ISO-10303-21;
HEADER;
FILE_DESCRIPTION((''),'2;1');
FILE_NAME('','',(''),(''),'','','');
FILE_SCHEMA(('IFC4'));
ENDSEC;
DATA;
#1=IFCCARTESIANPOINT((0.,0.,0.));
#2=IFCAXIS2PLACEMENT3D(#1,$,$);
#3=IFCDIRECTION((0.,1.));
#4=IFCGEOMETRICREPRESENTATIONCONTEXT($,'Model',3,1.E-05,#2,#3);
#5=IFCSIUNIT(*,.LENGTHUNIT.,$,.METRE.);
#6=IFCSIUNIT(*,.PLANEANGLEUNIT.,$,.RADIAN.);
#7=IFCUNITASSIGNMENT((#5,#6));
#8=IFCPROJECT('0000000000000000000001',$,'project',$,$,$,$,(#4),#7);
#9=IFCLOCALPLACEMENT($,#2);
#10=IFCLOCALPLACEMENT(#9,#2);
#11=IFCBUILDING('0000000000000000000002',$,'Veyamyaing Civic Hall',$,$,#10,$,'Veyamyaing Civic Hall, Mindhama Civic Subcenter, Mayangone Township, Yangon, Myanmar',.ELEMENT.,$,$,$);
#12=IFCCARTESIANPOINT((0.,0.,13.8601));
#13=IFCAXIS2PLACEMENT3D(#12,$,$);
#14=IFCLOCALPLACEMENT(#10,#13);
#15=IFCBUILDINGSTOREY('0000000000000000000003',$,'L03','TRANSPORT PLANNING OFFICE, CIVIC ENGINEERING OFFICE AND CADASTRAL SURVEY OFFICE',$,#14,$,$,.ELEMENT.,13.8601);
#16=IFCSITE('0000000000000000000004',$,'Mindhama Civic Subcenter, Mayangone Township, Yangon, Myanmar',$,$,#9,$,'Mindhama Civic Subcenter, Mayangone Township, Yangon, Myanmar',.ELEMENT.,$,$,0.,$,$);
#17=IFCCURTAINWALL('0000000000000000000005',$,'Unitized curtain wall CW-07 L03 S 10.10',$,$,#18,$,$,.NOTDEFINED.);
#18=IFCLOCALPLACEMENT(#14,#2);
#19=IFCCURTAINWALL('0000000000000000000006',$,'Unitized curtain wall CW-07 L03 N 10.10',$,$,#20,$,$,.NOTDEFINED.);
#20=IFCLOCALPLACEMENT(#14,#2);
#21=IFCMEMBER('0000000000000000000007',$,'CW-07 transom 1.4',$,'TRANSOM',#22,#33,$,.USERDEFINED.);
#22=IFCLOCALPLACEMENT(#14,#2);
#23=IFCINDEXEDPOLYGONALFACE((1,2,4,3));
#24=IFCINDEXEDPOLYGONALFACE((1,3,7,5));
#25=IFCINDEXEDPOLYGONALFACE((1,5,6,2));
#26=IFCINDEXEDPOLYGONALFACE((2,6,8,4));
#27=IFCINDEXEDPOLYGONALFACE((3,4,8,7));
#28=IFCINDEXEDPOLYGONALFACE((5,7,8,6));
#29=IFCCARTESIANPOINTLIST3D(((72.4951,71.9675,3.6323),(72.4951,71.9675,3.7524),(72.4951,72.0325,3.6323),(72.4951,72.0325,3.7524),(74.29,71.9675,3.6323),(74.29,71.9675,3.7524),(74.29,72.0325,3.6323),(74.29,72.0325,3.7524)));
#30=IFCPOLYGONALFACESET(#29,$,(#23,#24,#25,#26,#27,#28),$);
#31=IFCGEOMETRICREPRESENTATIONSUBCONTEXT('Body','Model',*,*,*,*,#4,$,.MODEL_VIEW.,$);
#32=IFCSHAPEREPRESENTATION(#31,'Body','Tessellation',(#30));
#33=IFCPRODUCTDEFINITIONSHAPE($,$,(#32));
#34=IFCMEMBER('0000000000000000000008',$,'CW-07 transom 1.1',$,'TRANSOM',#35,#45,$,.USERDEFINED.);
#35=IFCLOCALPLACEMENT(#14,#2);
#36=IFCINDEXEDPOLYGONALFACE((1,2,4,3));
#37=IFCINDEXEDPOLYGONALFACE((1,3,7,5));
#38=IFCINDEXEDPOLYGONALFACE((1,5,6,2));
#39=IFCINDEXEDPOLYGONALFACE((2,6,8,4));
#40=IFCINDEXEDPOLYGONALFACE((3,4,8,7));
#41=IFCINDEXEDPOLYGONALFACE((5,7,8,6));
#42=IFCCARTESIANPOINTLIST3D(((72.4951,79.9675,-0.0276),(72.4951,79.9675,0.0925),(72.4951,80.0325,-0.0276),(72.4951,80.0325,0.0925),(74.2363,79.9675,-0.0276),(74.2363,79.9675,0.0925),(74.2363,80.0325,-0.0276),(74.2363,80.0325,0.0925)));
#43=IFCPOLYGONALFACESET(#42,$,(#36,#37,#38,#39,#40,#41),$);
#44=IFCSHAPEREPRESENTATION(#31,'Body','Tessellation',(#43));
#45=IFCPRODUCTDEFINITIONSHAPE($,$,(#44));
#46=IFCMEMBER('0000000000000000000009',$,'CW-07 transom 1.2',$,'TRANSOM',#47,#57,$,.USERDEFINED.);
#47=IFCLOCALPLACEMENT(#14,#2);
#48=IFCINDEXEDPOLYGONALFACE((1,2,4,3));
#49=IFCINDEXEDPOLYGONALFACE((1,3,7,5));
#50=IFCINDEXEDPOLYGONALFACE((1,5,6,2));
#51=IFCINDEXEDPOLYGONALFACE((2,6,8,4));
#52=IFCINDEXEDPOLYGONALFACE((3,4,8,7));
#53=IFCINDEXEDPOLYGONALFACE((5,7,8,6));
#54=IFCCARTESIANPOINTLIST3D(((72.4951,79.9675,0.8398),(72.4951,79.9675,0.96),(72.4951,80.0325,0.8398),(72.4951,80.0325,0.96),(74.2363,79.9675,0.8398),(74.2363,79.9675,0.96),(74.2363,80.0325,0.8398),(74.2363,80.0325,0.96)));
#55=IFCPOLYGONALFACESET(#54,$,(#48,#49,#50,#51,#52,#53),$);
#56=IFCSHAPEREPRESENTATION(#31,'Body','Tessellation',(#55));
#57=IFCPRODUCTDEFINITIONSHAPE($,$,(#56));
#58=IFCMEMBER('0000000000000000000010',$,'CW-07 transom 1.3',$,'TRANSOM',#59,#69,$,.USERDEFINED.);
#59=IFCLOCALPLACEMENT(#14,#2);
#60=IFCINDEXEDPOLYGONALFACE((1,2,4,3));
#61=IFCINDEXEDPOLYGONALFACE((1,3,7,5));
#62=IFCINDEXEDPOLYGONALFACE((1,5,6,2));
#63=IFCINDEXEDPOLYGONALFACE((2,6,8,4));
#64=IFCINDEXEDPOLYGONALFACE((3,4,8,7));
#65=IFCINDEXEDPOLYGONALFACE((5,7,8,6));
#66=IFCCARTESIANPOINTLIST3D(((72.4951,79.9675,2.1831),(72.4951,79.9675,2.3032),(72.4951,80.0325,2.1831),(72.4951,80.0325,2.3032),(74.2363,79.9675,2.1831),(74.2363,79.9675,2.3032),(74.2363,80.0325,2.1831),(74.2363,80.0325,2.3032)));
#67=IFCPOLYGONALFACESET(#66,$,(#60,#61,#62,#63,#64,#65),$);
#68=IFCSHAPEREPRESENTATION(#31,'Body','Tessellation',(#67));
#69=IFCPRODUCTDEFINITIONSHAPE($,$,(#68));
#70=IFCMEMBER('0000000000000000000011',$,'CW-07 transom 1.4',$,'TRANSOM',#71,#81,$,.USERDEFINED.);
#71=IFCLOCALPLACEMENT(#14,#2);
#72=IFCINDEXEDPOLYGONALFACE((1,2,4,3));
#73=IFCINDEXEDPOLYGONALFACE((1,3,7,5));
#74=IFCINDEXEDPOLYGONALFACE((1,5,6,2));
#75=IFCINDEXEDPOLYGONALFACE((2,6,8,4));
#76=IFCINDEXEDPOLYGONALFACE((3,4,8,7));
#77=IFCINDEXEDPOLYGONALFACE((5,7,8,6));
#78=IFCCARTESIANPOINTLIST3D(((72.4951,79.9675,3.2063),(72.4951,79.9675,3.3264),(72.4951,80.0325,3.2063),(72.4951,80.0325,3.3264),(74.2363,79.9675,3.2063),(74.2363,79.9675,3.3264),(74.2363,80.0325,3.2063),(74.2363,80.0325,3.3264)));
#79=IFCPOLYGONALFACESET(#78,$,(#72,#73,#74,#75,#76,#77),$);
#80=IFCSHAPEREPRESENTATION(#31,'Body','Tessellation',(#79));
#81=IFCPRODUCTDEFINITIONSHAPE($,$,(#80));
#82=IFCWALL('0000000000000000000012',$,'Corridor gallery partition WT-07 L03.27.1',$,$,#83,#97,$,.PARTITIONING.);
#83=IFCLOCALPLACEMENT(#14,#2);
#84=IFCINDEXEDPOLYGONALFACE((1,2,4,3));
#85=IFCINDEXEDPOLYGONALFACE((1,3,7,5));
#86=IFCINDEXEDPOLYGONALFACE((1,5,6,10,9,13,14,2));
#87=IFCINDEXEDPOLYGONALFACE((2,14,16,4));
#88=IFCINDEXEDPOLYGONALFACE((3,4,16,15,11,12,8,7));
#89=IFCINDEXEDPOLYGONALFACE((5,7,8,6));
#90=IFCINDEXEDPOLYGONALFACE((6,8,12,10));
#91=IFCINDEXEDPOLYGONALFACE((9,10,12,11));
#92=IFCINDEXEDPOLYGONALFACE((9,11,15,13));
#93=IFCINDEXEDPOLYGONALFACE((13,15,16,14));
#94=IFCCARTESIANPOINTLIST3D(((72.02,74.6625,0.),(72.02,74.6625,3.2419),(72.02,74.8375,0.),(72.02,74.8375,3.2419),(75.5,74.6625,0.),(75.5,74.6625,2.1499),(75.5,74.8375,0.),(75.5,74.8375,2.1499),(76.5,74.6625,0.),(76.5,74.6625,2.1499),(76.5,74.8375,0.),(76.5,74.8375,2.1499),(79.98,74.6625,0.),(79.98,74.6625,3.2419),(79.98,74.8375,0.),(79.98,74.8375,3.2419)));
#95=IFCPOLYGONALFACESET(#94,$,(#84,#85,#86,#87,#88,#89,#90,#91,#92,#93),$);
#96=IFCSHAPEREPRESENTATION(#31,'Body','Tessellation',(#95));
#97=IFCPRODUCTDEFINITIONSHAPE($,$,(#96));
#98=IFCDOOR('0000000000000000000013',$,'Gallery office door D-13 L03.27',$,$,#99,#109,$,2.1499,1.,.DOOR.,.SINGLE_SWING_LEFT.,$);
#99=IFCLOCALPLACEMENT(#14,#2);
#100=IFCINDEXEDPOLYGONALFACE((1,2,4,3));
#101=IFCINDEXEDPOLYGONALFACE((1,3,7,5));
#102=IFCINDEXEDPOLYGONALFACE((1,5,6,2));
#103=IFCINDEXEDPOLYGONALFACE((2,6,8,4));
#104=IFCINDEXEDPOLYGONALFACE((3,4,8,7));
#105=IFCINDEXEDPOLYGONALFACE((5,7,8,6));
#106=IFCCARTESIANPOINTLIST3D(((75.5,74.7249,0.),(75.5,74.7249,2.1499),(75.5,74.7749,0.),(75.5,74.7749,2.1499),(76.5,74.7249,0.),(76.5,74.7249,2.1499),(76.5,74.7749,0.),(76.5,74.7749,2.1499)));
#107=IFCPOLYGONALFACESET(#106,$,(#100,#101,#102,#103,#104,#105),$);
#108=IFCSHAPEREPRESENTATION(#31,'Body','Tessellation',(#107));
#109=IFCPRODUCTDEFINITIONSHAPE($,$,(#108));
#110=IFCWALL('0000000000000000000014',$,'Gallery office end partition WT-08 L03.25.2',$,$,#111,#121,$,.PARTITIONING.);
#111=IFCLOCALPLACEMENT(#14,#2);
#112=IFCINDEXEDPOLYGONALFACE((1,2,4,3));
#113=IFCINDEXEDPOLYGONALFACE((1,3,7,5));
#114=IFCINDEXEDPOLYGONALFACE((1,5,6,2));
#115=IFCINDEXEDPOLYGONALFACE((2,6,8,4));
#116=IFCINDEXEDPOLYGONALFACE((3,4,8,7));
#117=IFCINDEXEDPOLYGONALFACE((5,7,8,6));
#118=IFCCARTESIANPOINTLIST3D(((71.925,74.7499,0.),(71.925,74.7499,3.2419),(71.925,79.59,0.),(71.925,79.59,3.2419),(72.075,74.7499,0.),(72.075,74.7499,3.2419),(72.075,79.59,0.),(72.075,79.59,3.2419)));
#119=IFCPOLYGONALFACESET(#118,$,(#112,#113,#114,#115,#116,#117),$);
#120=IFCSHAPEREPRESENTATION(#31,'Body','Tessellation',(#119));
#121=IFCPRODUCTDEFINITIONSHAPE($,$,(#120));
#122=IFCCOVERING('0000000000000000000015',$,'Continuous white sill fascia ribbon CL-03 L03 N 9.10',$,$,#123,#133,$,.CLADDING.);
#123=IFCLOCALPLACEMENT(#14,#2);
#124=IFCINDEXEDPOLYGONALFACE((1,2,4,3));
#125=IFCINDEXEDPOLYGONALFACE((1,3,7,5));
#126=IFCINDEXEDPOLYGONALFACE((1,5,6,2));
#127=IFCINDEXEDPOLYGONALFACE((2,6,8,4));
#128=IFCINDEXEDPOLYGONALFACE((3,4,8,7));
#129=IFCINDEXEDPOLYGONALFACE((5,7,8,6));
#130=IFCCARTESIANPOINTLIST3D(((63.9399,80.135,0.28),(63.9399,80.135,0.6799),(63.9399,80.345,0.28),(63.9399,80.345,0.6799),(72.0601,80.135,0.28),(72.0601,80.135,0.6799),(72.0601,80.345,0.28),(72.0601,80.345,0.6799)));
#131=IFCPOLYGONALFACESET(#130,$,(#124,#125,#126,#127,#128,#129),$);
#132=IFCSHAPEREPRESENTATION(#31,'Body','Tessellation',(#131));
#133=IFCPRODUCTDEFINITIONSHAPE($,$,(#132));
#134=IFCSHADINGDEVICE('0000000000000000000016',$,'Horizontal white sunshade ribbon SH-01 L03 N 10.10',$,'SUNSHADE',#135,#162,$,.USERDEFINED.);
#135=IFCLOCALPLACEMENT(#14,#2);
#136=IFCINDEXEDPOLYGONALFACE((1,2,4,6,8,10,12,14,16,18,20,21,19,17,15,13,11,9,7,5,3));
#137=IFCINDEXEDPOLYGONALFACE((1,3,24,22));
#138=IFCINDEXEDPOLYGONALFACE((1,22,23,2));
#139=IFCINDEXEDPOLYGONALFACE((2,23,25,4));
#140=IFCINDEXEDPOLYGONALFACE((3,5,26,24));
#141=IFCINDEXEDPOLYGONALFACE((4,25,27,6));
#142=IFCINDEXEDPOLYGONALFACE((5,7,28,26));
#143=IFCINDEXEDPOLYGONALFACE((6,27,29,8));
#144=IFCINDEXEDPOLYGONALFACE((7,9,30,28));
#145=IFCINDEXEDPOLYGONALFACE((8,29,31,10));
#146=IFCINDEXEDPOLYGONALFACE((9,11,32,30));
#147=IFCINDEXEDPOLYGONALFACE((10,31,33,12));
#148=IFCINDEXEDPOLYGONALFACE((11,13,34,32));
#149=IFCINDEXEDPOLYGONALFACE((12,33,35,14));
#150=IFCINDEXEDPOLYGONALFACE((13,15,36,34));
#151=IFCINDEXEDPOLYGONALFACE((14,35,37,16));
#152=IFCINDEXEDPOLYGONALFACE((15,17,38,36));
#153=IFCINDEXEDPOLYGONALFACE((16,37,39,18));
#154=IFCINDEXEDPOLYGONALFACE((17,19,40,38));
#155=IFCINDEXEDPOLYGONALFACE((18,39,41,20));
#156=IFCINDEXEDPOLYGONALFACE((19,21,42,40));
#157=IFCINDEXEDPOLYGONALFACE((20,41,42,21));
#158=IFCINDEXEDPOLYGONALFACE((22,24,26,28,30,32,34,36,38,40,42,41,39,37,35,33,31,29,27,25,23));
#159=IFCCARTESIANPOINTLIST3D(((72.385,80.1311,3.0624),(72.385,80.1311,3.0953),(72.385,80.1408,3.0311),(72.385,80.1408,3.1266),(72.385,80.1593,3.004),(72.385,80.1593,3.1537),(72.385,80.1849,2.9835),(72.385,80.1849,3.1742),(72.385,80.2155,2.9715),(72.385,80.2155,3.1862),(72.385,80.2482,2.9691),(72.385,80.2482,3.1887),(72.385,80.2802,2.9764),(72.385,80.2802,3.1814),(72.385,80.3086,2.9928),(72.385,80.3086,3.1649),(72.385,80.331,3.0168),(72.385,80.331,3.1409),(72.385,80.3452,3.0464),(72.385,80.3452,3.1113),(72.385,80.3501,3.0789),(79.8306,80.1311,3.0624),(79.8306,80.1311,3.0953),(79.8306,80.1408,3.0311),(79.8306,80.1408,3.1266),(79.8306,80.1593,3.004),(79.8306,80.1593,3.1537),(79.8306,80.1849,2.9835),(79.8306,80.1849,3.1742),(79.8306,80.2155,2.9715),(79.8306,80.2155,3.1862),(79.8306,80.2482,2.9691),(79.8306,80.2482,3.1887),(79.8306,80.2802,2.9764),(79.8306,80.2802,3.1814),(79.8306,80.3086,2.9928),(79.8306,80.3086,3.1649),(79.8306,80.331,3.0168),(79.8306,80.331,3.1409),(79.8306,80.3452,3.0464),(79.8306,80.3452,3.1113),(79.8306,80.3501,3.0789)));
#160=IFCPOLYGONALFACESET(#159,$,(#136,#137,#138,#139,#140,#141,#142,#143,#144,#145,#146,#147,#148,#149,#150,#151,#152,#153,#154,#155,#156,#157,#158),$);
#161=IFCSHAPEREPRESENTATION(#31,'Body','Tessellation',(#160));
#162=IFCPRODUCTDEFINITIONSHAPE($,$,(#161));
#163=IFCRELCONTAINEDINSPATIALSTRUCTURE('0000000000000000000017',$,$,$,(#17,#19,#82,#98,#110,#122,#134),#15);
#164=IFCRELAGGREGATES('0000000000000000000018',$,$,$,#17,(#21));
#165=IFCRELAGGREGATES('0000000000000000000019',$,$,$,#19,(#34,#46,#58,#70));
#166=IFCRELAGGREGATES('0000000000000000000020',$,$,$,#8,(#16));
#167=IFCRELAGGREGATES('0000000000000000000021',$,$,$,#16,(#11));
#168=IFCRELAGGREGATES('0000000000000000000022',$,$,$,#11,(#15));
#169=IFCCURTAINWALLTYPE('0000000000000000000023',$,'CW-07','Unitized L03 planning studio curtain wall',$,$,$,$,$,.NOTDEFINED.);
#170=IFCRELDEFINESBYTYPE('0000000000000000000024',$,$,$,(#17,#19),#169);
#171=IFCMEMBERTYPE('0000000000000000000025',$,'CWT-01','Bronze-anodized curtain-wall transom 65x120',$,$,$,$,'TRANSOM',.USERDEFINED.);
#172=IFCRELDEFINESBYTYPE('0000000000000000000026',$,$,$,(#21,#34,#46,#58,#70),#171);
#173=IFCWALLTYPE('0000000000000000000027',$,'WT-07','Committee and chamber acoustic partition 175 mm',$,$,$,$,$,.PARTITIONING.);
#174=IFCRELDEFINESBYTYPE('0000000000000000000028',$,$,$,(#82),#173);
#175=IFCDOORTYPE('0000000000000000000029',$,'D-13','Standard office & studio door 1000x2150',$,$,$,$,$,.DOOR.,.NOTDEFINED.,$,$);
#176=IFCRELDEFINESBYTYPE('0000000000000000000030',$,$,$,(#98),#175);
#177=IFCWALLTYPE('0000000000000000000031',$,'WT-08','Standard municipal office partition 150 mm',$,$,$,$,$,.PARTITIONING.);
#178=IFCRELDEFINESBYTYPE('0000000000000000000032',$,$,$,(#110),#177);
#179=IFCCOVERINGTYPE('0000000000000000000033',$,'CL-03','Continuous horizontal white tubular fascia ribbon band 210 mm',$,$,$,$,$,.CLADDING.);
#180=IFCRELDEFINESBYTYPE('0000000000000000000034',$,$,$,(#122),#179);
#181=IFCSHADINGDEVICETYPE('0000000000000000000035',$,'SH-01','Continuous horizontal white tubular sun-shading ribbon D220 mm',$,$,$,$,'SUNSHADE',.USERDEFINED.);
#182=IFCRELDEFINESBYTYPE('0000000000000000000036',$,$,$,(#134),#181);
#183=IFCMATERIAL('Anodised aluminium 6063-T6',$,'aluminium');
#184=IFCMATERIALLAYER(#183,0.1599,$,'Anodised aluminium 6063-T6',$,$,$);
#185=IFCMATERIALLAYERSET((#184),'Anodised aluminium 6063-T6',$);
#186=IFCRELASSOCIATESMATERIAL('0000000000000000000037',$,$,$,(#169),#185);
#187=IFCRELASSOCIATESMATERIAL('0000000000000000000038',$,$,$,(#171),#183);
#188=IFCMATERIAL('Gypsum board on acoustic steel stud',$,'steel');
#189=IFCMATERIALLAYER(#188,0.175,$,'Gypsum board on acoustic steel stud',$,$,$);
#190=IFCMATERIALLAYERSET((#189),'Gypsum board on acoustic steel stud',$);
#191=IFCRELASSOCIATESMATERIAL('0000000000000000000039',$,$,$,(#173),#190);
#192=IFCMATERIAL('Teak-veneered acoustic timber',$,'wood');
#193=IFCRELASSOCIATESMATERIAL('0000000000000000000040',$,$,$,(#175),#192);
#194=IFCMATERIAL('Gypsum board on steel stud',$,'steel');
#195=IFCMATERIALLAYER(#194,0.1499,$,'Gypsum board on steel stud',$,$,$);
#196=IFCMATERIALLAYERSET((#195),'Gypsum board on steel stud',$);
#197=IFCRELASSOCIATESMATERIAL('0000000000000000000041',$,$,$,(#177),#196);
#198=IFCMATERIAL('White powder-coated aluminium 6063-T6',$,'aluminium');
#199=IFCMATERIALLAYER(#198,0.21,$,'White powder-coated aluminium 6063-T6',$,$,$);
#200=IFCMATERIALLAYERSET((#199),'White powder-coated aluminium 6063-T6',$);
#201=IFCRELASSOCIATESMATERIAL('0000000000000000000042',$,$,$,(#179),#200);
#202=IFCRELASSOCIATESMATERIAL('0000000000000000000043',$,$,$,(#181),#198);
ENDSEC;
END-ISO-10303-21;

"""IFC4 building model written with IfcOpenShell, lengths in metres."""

from ifc_helpers import new_model, si_unit, direction, frame, frame_2d, origin, origin_2d, place, context, subcontext, project, spatial, rectangle, circle, extrude, material, layer, layer_set, material_profile, profile_set, type_object, element, fill, aggregate, save


model = new_model("IFC4")

# Units and contexts
model_context = context("Model", 3, precision=1e-05, world=origin(), true_north=direction((0.0, 1.0)))
body_context = subcontext(model_context, "Body", "Model", "MODEL_VIEW")
ifc_project = project(units=[si_unit("LENGTHUNIT", "METRE"), si_unit("PLANEANGLEUNIT", "RADIAN")], contexts=[model_context])

# Site, building, storey
site_placement = place(None, origin())
site = spatial("IfcSite", under=ifc_project, at=site_placement, Name="Mindhama Civic Subcenter, Mayangone Township, Yangon, Myanmar", LongName="Mindhama Civic Subcenter, Mayangone Township, Yangon, Myanmar", CompositionType="ELEMENT", RefElevation=0.0)
building_placement = place(site_placement, origin())
building = spatial("IfcBuilding", under=site, at=building_placement, Name="Veyamyaing Civic Hall", LongName="Veyamyaing Civic Hall, Mindhama Civic Subcenter, Mayangone Township, Yangon, Myanmar", CompositionType="ELEMENT")
storey_placement = place(building_placement, frame((0.0, 0.0, 13.8601)))
storey = spatial("IfcBuildingStorey", under=building, at=storey_placement, Name="L03", Description="TRANSPORT PLANNING OFFICE, CIVIC ENGINEERING OFFICE AND CADASTRAL SURVEY OFFICE", CompositionType="ELEMENT", Elevation=13.8601)

# Curtain walls
ifc_material_1 = material(Name="Anodised aluminium 6063-T6", Category="aluminium")
ifc_layer_1 = layer(ifc_material_1, 0.1599, Name="Anodised aluminium 6063-T6")
ifc_layer_set_1 = layer_set([ifc_layer_1], Name="Anodised aluminium 6063-T6")
curtain_wall_type = type_object("IfcCurtainWallType", Name="CW-07", Description="Unitized L03 planning studio curtain wall", PredefinedType="NOTDEFINED", material=ifc_layer_set_1)
curtain_wall_1_placement = place(storey_placement, origin())
curtain_wall_1 = element("IfcCurtainWall", 1, at=curtain_wall_1_placement, inside=storey, type_object=curtain_wall_type, Name="Unitized curtain wall CW-07 L03 S 10.10", PredefinedType="NOTDEFINED")
curtain_wall_2_placement = place(storey_placement, origin())
curtain_wall_2 = element("IfcCurtainWall", 2, at=curtain_wall_2_placement, inside=storey, type_object=curtain_wall_type, Name="Unitized curtain wall CW-07 L03 N 10.10", PredefinedType="NOTDEFINED")

# Members
ifc_material_profile_1 = material_profile(ifc_material_1, rectangle(XDim=0.0649, YDim=0.1201, at=origin_2d()), Name="ALU-TRN-65X120")
ifc_profile_set_1 = profile_set([ifc_material_profile_1], Name="Anodised aluminium 6063-T6")
member_type_1 = type_object("IfcMemberType", Name="CWT-01", Description="Bronze-anodized curtain-wall transom 65x120", ElementType="TRANSOM", PredefinedType="USERDEFINED", material=ifc_profile_set_1)
member_1_placement = place(storey_placement, frame((72.4951, 72.0, 3.6924), z_axis=(1.0, 0.0, 0.0), x_axis=(0.0, 1.0, 0.0)))
member_1 = element("IfcMember", 3, at=member_1_placement, type_object=member_type_1, Name="CW-07 transom 1.4", ObjectType="TRANSOM", PredefinedType="USERDEFINED", context=body_context, shape_type="SweptSolid", body=[
    extrude(rectangle(XDim=0.0649, YDim=0.1201, at=origin_2d()), origin(), (0.0, 0.0, 1.0), 1.7949),
])
aggregate(curtain_wall_1, [member_1])
member_2_placement = place(storey_placement, frame((72.4951, 80.0, 0.0325), z_axis=(1.0, 0.0, 0.0), x_axis=(0.0, 1.0, 0.0)))
member_2 = element("IfcMember", 4, at=member_2_placement, type_object=member_type_1, Name="CW-07 transom 1.1", ObjectType="TRANSOM", PredefinedType="USERDEFINED", context=body_context, shape_type="SweptSolid", body=[
    extrude(rectangle(XDim=0.0649, YDim=0.1201, at=origin_2d()), origin(), (0.0, 0.0, 1.0), 1.7412),
])
member_3_placement = place(storey_placement, frame((72.4951, 80.0, 0.8999), z_axis=(1.0, 0.0, 0.0), x_axis=(0.0, 1.0, 0.0)))
member_3 = element("IfcMember", 5, at=member_3_placement, type_object=member_type_1, Name="CW-07 transom 1.2", ObjectType="TRANSOM", PredefinedType="USERDEFINED", context=body_context, shape_type="SweptSolid", body=[
    extrude(rectangle(XDim=0.0649, YDim=0.1201, at=origin_2d()), origin(), (0.0, 0.0, 1.0), 1.7412),
])
member_4_placement = place(storey_placement, frame((72.4951, 80.0, 2.2432), z_axis=(1.0, 0.0, 0.0), x_axis=(0.0, 1.0, 0.0)))
member_4 = element("IfcMember", 6, at=member_4_placement, type_object=member_type_1, Name="CW-07 transom 1.3", ObjectType="TRANSOM", PredefinedType="USERDEFINED", context=body_context, shape_type="SweptSolid", body=[
    extrude(rectangle(XDim=0.0649, YDim=0.1201, at=origin_2d()), origin(), (0.0, 0.0, 1.0), 1.7412),
])
member_5_placement = place(storey_placement, frame((72.4951, 80.0, 3.2664), z_axis=(1.0, 0.0, 0.0), x_axis=(0.0, 1.0, 0.0)))
member_5 = element("IfcMember", 7, at=member_5_placement, type_object=member_type_1, Name="CW-07 transom 1.4", ObjectType="TRANSOM", PredefinedType="USERDEFINED", context=body_context, shape_type="SweptSolid", body=[
    extrude(rectangle(XDim=0.0649, YDim=0.1201, at=origin_2d()), origin(), (0.0, 0.0, 1.0), 1.7412),
])
aggregate(curtain_wall_2, [member_2, member_3, member_4, member_5])

# Wall, opening, door
ifc_material_2 = material(Name="Gypsum board on acoustic steel stud", Category="steel")
ifc_layer_2 = layer(ifc_material_2, 0.175, Name="Gypsum board on acoustic steel stud")
ifc_layer_set_2 = layer_set([ifc_layer_2], Name="Gypsum board on acoustic steel stud")
wall_type_1 = type_object("IfcWallType", Name="WT-07", Description="Committee and chamber acoustic partition 175 mm", PredefinedType="PARTITIONING", material=ifc_layer_set_2)
wall_1_placement = place(storey_placement, frame((72.02, 74.75, 0.0), z_axis=(0.0, 0.0, 1.0), x_axis=(1.0, 0.0, 0.0)))
wall_1 = element("IfcWall", 8, at=wall_1_placement, inside=storey, type_object=wall_type_1, Name="Corridor gallery partition WT-07 L03.27.1", PredefinedType="PARTITIONING", context=body_context, shape_type="SweptSolid", body=[
    extrude(rectangle(XDim=7.96, YDim=0.175, at=frame_2d((3.98, 0.0))), origin(), (0.0, 0.0, 1.0), 3.2419),
])
opening_placement = place(wall_1_placement, frame((3.48, 0.0, 0.0)))
opening = element("IfcOpeningElement", 9, at=opening_placement, cuts=wall_1, PredefinedType="OPENING", context=body_context, shape_type="SweptSolid", body=[
    extrude(rectangle(XDim=1.0, YDim=2.1499, at=frame_2d((0.5, 1.075))), frame((0.0, 0.0974, 0.0), z_axis=(0.0, -1.0, 0.0), x_axis=(1.0, 0.0, 0.0)), (0.0, 0.0, 1.0), 0.1951),
])
ifc_material_3 = material(Name="Teak-veneered acoustic timber", Category="wood")
door_type = type_object("IfcDoorType", Name="D-13", Description="Standard office & studio door 1000x2150", OperationType="NOTDEFINED", PredefinedType="DOOR", material=ifc_material_3)
door_placement = place(opening_placement, origin())
door = element("IfcDoor", 10, at=door_placement, inside=storey, type_object=door_type, Name="Gallery office door D-13 L03.27", OperationType="SINGLE_SWING_LEFT", OverallHeight=2.1499, OverallWidth=1.0, PredefinedType="DOOR", context=body_context, shape_type="SweptSolid", body=[
    extrude(rectangle(XDim=1.0, YDim=2.1499, at=frame_2d((0.5, 1.075))), frame((0.0, 0.0249, 0.0), z_axis=(0.0, -1.0, 0.0), x_axis=(1.0, 0.0, 0.0)), (0.0, 0.0, 1.0), 0.05),
])
fill(opening, door)

# Wall
ifc_material_4 = material(Name="Gypsum board on steel stud", Category="steel")
ifc_layer_3 = layer(ifc_material_4, 0.1499, Name="Gypsum board on steel stud")
ifc_layer_set_3 = layer_set([ifc_layer_3], Name="Gypsum board on steel stud")
wall_type_2 = type_object("IfcWallType", Name="WT-08", Description="Standard municipal office partition 150 mm", PredefinedType="PARTITIONING", material=ifc_layer_set_3)
wall_2_placement = place(storey_placement, frame((72.0, 74.75, 0.0), z_axis=(0.0, 0.0, 1.0), x_axis=(0.0, 1.0, 0.0)))
element("IfcWall", 11, at=wall_2_placement, inside=storey, type_object=wall_type_2, Name="Gallery office end partition WT-08 L03.25.2", PredefinedType="PARTITIONING", context=body_context, shape_type="SweptSolid", body=[
    extrude(rectangle(XDim=4.8401, YDim=0.1499, at=frame_2d((2.4199, 0.0))), origin(), (0.0, 0.0, 1.0), 3.2419),
])

# Covering
ifc_material_5 = material(Name="White powder-coated aluminium 6063-T6", Category="aluminium")
ifc_layer_4 = layer(ifc_material_5, 0.21, Name="White powder-coated aluminium 6063-T6")
ifc_layer_set_4 = layer_set([ifc_layer_4], Name="White powder-coated aluminium 6063-T6")
covering_type = type_object("IfcCoveringType", Name="CL-03", Description="Continuous horizontal white tubular fascia ribbon band 210 mm", PredefinedType="CLADDING", material=ifc_layer_set_4)
covering_placement = place(storey_placement, frame((68.0, 80.24, 0.28), z_axis=(0.0, 0.0, 1.0), x_axis=(1.0, 0.0, 0.0)))
element("IfcCovering", 12, at=covering_placement, inside=storey, type_object=covering_type, Name="Continuous white sill fascia ribbon CL-03 L03 N 9.10", PredefinedType="CLADDING", context=body_context, shape_type="SweptSolid", body=[
    extrude(rectangle(XDim=8.1201, YDim=0.21, at=origin_2d()), origin(), (0.0, 0.0, 1.0), 0.3999),
])

# Shading device
ifc_material_profile_2 = material_profile(ifc_material_5, circle(Radius=0.1101, at=origin_2d()), Name="SHADE-TUBE-220")
ifc_profile_set_2 = profile_set([ifc_material_profile_2], Name="White powder-coated aluminium 6063-T6")
shading_device_type = type_object("IfcShadingDeviceType", Name="SH-01", Description="Continuous horizontal white tubular sun-shading ribbon D220 mm", ElementType="SUNSHADE", PredefinedType="USERDEFINED", material=ifc_profile_set_2)
shading_device_placement = place(storey_placement, frame((72.385, 80.24, 3.0789), z_axis=(1.0, 0.0, 0.0), x_axis=(0.0, 1.0, 0.0)))
element("IfcShadingDevice", 13, at=shading_device_placement, inside=storey, type_object=shading_device_type, Name="Horizontal white sunshade ribbon SH-01 L03 N 10.10", ObjectType="SUNSHADE", PredefinedType="USERDEFINED", context=body_context, shape_type="SweptSolid", body=[
    extrude(circle(Radius=0.1101, at=origin_2d()), origin(), (0.0, 0.0, 1.0), 7.4456),
])

save(model, "model.ifc")
